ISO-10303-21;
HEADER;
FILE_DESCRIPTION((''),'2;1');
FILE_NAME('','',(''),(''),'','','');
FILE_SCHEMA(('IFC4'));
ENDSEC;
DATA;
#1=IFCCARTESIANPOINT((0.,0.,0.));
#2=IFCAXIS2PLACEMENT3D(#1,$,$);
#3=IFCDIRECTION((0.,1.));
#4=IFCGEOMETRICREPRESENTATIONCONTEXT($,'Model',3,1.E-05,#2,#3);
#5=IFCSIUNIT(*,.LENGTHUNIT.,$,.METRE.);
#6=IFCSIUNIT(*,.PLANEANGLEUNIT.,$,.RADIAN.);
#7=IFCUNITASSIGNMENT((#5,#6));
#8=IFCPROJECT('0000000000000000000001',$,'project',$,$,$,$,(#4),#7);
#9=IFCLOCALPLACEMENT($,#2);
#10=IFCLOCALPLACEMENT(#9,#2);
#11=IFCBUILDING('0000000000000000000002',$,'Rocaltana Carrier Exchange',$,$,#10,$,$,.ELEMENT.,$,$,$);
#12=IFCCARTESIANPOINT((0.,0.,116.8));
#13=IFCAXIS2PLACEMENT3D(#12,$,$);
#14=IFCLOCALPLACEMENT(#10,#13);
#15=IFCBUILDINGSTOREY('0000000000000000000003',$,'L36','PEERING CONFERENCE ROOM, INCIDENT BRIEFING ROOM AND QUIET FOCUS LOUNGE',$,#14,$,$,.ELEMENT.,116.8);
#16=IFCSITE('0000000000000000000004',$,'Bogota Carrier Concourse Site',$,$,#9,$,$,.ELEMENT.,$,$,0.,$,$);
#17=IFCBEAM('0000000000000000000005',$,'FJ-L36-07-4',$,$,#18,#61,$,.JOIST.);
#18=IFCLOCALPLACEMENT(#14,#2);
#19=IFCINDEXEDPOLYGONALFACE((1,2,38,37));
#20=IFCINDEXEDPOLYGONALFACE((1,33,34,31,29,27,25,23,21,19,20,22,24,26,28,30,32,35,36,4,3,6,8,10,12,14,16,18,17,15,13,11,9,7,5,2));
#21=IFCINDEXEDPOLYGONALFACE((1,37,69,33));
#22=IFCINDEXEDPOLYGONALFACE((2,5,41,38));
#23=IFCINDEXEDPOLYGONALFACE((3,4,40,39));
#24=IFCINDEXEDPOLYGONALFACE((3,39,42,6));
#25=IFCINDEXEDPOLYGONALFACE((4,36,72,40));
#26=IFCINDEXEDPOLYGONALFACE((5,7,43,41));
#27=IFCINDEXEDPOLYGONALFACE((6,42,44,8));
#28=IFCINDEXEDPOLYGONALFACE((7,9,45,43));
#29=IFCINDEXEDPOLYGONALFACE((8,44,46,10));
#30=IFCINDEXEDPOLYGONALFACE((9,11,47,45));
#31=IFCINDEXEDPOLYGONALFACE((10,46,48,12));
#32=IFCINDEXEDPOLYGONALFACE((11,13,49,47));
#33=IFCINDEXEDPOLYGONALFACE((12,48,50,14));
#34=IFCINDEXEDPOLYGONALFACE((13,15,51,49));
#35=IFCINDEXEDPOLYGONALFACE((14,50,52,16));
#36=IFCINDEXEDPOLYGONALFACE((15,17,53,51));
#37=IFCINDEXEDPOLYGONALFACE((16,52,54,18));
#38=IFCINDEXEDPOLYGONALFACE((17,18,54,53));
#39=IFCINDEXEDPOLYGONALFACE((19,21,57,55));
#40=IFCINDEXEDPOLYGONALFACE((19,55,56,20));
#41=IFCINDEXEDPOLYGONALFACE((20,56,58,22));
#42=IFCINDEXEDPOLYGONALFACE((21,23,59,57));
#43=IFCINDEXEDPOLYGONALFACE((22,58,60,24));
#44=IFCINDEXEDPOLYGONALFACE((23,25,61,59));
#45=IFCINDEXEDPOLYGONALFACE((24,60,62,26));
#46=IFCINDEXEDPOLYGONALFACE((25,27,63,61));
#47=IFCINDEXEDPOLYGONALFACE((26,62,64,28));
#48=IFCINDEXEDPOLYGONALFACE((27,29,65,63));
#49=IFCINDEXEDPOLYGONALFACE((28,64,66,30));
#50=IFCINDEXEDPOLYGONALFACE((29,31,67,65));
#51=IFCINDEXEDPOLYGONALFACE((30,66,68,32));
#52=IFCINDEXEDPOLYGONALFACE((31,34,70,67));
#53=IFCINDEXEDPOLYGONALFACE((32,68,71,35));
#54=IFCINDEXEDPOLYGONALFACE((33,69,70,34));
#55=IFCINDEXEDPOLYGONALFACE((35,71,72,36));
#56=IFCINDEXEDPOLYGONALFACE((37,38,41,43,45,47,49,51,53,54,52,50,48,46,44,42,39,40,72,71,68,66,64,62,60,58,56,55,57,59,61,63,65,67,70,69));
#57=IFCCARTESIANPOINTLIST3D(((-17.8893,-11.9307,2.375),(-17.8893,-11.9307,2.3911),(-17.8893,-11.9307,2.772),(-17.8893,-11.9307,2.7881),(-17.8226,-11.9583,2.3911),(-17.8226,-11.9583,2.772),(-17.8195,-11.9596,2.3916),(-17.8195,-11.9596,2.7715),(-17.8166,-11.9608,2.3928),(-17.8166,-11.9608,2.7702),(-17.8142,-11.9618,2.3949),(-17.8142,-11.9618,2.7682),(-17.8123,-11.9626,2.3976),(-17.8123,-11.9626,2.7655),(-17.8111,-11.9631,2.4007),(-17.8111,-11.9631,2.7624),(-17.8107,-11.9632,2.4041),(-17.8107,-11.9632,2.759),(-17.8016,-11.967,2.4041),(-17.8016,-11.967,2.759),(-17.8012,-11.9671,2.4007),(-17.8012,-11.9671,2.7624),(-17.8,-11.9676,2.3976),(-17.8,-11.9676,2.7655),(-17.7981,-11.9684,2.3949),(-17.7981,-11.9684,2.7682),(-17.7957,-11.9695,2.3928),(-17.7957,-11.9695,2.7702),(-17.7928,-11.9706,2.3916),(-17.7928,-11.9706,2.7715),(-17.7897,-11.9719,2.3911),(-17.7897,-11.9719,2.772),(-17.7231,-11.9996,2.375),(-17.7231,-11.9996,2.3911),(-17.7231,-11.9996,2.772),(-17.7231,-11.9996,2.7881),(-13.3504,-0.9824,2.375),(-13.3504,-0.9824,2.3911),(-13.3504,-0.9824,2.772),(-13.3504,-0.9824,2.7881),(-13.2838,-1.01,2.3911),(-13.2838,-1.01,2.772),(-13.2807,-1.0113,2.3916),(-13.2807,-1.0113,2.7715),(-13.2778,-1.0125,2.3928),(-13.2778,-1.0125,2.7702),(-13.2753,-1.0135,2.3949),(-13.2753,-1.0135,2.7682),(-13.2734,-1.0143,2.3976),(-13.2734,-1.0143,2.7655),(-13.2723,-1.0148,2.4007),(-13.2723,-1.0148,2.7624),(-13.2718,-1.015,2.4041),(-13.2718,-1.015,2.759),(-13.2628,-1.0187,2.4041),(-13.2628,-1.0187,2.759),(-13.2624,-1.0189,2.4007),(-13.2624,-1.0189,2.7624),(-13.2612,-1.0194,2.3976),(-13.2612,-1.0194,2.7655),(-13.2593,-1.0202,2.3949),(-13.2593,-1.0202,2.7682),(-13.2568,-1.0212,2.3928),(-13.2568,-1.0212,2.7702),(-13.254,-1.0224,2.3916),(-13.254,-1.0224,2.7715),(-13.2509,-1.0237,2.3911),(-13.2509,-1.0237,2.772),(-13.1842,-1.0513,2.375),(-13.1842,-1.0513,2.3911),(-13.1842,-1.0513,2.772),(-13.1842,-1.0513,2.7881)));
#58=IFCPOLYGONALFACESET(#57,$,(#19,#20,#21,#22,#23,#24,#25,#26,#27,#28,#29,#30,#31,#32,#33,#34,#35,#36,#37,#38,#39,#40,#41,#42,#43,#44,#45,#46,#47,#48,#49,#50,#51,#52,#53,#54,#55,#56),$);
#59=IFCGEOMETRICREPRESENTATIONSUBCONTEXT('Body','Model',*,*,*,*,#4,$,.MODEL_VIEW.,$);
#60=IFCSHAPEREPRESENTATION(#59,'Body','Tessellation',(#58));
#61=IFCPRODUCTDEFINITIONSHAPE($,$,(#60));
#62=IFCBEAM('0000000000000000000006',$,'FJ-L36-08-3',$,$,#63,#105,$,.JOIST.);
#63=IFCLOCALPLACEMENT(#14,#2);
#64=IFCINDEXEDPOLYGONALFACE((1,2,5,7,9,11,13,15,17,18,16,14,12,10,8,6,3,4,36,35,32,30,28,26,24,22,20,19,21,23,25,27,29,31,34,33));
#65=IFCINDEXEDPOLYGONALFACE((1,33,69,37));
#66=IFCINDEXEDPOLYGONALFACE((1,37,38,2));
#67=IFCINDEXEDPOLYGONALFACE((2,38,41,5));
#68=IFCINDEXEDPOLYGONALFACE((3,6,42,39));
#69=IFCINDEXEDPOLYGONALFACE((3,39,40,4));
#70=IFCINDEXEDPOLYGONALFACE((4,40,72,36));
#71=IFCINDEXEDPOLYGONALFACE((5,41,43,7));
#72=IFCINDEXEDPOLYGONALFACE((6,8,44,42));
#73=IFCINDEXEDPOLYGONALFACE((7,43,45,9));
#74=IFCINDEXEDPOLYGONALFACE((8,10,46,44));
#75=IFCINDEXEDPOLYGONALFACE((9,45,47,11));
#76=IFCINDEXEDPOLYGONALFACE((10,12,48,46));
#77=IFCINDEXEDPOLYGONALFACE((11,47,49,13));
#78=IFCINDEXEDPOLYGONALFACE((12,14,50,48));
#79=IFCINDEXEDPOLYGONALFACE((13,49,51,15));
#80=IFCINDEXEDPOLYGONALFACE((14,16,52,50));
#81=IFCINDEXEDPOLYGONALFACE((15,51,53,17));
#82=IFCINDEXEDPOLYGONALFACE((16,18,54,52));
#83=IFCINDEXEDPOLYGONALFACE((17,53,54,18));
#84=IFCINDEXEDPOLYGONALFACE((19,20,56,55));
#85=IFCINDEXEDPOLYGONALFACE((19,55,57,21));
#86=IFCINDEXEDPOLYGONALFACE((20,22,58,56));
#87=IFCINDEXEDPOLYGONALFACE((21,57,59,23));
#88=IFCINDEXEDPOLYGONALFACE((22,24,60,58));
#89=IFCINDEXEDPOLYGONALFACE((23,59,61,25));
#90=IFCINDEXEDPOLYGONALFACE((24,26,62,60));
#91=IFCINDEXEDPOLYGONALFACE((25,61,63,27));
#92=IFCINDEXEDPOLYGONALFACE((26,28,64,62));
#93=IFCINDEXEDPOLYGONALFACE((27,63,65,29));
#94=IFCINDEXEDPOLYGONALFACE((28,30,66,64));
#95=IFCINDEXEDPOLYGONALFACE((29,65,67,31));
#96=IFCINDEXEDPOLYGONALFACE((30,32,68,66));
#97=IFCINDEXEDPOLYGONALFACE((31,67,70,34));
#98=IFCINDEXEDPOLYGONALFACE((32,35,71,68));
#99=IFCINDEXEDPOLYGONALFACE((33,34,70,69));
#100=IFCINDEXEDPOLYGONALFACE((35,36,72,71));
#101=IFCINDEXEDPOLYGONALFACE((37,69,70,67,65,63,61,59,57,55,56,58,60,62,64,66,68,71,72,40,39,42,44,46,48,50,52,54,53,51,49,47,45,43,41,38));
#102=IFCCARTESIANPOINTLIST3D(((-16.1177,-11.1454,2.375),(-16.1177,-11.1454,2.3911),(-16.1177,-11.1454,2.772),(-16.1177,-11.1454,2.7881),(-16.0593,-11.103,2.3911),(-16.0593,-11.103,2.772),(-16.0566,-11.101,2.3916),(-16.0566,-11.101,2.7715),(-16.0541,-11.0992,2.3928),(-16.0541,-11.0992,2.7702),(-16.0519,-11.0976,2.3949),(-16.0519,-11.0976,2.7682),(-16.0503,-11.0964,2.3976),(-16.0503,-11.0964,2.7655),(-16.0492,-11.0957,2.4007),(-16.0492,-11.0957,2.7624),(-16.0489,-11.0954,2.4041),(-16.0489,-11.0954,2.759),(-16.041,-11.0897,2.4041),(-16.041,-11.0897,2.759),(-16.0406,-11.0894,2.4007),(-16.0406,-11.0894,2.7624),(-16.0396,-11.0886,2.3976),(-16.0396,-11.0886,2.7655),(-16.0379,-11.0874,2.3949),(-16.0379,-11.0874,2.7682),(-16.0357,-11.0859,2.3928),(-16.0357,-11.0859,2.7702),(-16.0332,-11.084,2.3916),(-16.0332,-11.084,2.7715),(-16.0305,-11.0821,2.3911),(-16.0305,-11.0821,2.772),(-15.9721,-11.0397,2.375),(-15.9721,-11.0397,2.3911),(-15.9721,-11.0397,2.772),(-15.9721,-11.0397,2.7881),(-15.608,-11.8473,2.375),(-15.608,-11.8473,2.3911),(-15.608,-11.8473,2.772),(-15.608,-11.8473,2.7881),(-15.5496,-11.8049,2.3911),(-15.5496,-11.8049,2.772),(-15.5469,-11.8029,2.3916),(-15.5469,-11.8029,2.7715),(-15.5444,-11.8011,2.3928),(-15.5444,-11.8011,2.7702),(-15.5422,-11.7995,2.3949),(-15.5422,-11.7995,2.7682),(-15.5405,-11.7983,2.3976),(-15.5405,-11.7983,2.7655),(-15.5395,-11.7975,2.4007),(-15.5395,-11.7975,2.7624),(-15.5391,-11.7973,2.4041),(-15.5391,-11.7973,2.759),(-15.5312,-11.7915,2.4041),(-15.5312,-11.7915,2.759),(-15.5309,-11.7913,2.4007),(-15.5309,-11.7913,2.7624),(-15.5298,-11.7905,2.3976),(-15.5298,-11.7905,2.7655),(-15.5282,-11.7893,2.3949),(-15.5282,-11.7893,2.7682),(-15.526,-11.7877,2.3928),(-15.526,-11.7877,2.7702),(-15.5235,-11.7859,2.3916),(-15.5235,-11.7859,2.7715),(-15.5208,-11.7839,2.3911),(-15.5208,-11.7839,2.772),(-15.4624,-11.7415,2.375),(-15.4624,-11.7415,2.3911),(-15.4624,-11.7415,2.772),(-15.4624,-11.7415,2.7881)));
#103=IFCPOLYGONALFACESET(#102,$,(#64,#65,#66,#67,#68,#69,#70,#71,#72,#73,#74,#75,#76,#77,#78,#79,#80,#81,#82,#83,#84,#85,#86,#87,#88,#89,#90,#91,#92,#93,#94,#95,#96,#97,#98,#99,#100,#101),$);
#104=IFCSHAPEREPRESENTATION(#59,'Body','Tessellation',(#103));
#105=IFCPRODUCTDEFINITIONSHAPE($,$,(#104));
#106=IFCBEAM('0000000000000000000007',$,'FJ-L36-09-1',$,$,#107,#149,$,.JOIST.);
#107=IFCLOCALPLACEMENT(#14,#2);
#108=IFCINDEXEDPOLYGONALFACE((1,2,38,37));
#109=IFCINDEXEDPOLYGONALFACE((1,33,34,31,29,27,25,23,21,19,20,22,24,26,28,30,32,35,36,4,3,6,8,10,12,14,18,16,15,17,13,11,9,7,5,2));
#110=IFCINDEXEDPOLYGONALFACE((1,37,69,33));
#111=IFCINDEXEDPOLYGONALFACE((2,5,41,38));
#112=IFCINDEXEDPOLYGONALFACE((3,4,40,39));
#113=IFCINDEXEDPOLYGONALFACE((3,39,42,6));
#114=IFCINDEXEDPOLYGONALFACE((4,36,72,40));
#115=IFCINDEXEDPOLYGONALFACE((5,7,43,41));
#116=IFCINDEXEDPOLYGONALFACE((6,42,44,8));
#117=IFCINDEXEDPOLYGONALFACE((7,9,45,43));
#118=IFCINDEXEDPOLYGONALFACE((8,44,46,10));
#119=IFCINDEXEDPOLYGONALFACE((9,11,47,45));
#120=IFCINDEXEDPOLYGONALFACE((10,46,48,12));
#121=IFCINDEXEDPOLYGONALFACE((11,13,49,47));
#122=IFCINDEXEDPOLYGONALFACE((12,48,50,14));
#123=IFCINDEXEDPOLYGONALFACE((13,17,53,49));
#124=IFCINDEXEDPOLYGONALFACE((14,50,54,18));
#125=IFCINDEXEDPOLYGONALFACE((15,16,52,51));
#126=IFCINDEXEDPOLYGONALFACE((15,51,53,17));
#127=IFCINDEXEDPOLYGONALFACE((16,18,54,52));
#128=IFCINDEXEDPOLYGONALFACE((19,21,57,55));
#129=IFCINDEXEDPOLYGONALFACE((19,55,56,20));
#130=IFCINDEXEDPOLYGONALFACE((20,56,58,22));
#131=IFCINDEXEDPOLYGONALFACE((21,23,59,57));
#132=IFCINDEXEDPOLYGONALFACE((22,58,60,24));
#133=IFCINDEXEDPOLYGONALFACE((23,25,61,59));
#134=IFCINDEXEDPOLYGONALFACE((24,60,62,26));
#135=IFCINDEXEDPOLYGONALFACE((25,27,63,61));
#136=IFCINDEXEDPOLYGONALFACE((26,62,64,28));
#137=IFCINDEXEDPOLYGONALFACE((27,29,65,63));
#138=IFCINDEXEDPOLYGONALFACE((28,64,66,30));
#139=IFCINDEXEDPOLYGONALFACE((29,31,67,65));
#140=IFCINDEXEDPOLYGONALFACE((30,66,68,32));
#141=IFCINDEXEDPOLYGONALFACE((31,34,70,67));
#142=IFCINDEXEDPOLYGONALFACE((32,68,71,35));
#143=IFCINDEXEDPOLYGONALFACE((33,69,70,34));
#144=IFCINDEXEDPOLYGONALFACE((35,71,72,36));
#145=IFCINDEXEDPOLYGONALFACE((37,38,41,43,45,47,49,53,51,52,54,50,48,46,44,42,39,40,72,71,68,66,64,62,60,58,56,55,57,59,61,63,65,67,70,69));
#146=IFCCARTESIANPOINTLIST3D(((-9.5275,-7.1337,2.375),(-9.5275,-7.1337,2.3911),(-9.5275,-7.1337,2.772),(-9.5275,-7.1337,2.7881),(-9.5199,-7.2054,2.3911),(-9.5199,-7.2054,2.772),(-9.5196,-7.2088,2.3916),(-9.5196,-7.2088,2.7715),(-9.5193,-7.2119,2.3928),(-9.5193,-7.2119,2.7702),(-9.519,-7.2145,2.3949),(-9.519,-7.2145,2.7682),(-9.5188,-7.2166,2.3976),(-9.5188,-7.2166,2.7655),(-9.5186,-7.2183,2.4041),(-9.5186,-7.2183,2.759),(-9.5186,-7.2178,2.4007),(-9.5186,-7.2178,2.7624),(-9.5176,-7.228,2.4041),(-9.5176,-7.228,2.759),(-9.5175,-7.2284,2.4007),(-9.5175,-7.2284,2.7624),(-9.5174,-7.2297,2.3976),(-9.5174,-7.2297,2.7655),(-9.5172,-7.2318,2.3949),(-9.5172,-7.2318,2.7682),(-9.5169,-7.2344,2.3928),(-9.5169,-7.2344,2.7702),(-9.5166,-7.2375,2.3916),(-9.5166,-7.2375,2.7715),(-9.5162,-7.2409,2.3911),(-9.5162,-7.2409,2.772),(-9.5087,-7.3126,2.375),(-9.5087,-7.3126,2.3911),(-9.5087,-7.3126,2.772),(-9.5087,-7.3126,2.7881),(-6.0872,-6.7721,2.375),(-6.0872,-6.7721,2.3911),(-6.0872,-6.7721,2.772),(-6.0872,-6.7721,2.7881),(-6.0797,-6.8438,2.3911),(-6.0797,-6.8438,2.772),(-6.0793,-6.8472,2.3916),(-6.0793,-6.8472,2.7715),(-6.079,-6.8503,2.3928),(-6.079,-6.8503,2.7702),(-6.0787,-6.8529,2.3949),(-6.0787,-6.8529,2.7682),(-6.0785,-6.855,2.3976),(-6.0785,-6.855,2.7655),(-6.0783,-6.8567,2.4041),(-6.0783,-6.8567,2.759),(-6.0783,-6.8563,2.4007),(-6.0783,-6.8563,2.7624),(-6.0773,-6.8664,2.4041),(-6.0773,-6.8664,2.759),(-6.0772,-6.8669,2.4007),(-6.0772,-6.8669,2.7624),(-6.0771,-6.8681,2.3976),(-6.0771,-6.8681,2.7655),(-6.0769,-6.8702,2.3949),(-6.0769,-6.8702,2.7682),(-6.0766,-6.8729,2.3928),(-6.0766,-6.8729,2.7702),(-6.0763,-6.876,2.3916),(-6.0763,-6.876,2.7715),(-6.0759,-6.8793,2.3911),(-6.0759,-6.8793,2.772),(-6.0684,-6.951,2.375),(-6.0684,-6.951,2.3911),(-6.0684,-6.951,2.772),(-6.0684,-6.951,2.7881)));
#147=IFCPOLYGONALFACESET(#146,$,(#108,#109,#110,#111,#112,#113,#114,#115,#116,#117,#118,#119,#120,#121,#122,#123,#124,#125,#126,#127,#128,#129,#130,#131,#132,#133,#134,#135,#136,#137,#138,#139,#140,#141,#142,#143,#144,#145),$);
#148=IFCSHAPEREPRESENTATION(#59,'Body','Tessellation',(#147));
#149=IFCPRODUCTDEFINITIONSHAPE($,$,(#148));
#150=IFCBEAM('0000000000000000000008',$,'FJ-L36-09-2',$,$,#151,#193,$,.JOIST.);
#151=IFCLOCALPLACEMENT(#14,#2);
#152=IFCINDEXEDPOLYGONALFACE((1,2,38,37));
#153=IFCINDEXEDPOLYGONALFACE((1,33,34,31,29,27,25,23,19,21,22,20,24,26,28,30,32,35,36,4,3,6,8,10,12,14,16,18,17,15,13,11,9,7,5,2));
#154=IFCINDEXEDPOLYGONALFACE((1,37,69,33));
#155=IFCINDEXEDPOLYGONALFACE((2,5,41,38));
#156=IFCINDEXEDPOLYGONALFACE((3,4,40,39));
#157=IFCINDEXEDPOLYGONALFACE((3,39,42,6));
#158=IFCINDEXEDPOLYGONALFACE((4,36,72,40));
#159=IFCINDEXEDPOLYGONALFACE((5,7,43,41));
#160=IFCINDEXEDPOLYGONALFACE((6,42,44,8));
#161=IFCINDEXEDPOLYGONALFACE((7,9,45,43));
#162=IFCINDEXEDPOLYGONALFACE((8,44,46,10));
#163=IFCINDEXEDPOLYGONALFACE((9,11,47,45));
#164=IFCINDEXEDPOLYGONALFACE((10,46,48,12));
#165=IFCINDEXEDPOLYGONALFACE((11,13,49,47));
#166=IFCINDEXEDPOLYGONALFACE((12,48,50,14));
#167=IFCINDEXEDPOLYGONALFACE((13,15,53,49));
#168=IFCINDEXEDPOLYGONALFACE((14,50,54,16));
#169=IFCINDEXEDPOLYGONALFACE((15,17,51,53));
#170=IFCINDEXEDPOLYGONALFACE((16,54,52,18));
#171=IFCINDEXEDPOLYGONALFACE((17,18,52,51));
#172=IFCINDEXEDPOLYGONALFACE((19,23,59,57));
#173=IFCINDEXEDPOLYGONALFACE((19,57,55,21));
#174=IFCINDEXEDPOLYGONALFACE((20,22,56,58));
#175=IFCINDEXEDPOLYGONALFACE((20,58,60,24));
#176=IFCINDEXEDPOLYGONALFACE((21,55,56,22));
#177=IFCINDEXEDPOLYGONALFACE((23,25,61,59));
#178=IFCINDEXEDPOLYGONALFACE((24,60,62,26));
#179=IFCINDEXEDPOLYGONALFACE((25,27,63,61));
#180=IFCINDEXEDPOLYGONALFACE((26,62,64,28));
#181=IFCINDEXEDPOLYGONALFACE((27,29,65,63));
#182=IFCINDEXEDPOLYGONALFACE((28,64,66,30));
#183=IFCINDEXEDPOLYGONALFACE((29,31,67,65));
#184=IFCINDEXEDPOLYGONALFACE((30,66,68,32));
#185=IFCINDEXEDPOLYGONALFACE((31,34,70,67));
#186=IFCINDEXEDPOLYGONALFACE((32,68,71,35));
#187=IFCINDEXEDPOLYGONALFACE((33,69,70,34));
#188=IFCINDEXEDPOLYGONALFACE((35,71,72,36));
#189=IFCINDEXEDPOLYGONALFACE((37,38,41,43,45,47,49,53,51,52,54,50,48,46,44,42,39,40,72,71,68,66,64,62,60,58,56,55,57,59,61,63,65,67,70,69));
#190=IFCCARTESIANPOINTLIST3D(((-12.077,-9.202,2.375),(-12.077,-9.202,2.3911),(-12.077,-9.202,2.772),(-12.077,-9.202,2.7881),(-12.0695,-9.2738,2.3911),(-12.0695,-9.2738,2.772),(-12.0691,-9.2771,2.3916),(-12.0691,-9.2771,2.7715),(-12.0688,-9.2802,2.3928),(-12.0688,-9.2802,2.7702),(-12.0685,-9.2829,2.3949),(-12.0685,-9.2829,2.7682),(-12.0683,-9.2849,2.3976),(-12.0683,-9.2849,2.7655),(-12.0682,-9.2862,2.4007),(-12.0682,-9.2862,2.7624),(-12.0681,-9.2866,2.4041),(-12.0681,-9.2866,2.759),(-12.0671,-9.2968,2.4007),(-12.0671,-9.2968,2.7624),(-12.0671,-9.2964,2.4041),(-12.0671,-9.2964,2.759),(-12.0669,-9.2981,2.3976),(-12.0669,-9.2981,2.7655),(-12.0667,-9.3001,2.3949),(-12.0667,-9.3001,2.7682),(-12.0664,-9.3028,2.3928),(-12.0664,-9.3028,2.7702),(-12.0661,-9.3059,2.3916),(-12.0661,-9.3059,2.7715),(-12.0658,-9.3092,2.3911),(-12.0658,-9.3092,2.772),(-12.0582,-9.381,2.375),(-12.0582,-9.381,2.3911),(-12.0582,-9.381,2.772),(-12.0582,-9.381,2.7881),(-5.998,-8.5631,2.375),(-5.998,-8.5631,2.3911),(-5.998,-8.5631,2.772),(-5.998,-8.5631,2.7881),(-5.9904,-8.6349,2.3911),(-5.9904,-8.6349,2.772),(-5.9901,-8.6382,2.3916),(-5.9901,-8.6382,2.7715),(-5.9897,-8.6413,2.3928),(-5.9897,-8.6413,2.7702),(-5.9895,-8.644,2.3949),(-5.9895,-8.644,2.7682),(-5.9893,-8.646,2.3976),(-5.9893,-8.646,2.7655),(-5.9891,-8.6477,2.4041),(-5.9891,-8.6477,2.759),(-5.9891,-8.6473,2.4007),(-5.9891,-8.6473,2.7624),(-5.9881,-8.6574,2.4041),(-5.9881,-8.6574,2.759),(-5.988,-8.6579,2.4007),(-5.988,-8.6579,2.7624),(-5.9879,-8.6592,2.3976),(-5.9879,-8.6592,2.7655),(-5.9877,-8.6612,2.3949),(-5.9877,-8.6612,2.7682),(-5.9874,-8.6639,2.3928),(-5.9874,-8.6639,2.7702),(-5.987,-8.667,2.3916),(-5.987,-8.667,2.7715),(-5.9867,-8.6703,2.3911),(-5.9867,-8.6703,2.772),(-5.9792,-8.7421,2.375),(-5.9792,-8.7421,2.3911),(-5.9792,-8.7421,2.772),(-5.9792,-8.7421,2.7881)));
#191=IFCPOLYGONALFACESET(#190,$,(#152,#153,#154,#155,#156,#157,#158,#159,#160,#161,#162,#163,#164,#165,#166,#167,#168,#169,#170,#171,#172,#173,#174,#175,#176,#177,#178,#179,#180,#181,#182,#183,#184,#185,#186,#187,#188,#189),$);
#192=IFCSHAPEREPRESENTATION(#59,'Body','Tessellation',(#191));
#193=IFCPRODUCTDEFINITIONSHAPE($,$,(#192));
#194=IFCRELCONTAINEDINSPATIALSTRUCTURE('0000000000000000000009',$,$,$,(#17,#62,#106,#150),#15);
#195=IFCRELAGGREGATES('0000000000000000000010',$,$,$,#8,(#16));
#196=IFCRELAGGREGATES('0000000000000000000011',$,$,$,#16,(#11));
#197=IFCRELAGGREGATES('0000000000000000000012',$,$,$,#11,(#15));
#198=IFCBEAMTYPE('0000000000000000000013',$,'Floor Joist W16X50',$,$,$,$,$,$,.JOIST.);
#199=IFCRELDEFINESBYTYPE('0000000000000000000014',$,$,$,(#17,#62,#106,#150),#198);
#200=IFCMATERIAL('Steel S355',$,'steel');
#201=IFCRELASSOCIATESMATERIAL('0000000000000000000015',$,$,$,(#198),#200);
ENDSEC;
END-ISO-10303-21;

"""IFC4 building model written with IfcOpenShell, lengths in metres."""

from ifc_helpers import new_model, si_unit, direction, frame, origin, origin_2d, place, context, subcontext, project, spatial, i_section, extrude, material, material_profile, profile_set, type_object, element, save


model = new_model("IFC4")

# Units and contexts
model_context = context("Model", 3, precision=1e-05, world=origin(), true_north=direction((0.0, 1.0)))
body_context = subcontext(model_context, "Body", "Model", "MODEL_VIEW")
ifc_project = project(units=[si_unit("LENGTHUNIT", "METRE"), si_unit("PLANEANGLEUNIT", "RADIAN")], contexts=[model_context])

# Site, building, storey
site_placement = place(None, origin())
site = spatial("IfcSite", under=ifc_project, at=site_placement, Name="Bogota Carrier Concourse Site", CompositionType="ELEMENT", RefElevation=0.0)
building_placement = place(site_placement, origin())
building = spatial("IfcBuilding", under=site, at=building_placement, Name="Rocaltana Carrier Exchange", CompositionType="ELEMENT")
storey_placement = place(building_placement, frame((0.0, 0.0, 116.8)))
storey = spatial("IfcBuildingStorey", under=building, at=storey_placement, Name="L36", Description="PEERING CONFERENCE ROOM, INCIDENT BRIEFING ROOM AND QUIET FOCUS LOUNGE", CompositionType="ELEMENT", Elevation=116.8)

# Beams
ifc_material_1 = material(Name="Steel S355", Category="steel")
ifc_material_profile_1 = material_profile(ifc_material_1, i_section(OverallWidth=0.1799, OverallDepth=0.4131, WebThickness=0.0098, FlangeThickness=0.0161, FilletRadius=0.0129, at=origin_2d()), Name="W16X50")
ifc_profile_set_1 = profile_set([ifc_material_profile_1], Name="Steel S355")
beam_type_1 = type_object("IfcBeamType", Name="Floor Joist W16X50", PredefinedType="JOIST", material=ifc_profile_set_1)
beam_1_placement = place(storey_placement, frame((-13.2673, -1.0168, 2.5815), z_axis=(-0.382965, -0.923763, 0.0), x_axis=(0.923763, -0.382965, 0.0)))
element("IfcBeam", 1, at=beam_1_placement, inside=storey, type_object=beam_type_1, Name="FJ-L36-07-4", PredefinedType="JOIST", context=body_context, shape_type="SweptSolid", body=[
    extrude(i_section(OverallWidth=0.1799, OverallDepth=0.4131, WebThickness=0.0098, FlangeThickness=0.0161, FilletRadius=0.0129, at=origin_2d()), origin(), (0.0, 0.0, 1.0), 11.8518),
])
beam_2_placement = place(storey_placement, frame((-16.0449, -11.0925, 2.5815), z_axis=(0.587636, -0.809125, 0.0), x_axis=(0.809125, 0.587636, 0.0)))
element("IfcBeam", 2, at=beam_2_placement, inside=storey, type_object=beam_type_1, Name="FJ-L36-08-3", PredefinedType="JOIST", context=body_context, shape_type="SweptSolid", body=[
    extrude(i_section(OverallWidth=0.1799, OverallDepth=0.4131, WebThickness=0.0098, FlangeThickness=0.0161, FilletRadius=0.0129, at=origin_2d()), origin(), (0.0, 0.0, 1.0), 0.8674),
])
beam_3_placement = place(storey_placement, frame((-9.5181, -7.2231, 2.5815), z_axis=(0.994522, 0.104527, 0.0), x_axis=(-0.104527, 0.994522, 0.0)))
element("IfcBeam", 3, at=beam_3_placement, inside=storey, type_object=beam_type_1, Name="FJ-L36-09-1", PredefinedType="JOIST", context=body_context, shape_type="SweptSolid", body=[
    extrude(i_section(OverallWidth=0.1799, OverallDepth=0.4131, WebThickness=0.0098, FlangeThickness=0.0161, FilletRadius=0.0129, at=origin_2d()), origin(), (0.0, 0.0, 1.0), 3.4592),
])
beam_4_placement = place(storey_placement, frame((-12.0676, -9.2915, 2.5815), z_axis=(0.994522, 0.104525, 0.0), x_axis=(-0.104525, 0.994522, 0.0)))
element("IfcBeam", 4, at=beam_4_placement, inside=storey, type_object=beam_type_1, Name="FJ-L36-09-2", PredefinedType="JOIST", context=body_context, shape_type="SweptSolid", body=[
    extrude(i_section(OverallWidth=0.1799, OverallDepth=0.4131, WebThickness=0.0098, FlangeThickness=0.0161, FilletRadius=0.0129, at=origin_2d()), origin(), (0.0, 0.0, 1.0), 6.1125),
])

save(model, "model.ifc")
